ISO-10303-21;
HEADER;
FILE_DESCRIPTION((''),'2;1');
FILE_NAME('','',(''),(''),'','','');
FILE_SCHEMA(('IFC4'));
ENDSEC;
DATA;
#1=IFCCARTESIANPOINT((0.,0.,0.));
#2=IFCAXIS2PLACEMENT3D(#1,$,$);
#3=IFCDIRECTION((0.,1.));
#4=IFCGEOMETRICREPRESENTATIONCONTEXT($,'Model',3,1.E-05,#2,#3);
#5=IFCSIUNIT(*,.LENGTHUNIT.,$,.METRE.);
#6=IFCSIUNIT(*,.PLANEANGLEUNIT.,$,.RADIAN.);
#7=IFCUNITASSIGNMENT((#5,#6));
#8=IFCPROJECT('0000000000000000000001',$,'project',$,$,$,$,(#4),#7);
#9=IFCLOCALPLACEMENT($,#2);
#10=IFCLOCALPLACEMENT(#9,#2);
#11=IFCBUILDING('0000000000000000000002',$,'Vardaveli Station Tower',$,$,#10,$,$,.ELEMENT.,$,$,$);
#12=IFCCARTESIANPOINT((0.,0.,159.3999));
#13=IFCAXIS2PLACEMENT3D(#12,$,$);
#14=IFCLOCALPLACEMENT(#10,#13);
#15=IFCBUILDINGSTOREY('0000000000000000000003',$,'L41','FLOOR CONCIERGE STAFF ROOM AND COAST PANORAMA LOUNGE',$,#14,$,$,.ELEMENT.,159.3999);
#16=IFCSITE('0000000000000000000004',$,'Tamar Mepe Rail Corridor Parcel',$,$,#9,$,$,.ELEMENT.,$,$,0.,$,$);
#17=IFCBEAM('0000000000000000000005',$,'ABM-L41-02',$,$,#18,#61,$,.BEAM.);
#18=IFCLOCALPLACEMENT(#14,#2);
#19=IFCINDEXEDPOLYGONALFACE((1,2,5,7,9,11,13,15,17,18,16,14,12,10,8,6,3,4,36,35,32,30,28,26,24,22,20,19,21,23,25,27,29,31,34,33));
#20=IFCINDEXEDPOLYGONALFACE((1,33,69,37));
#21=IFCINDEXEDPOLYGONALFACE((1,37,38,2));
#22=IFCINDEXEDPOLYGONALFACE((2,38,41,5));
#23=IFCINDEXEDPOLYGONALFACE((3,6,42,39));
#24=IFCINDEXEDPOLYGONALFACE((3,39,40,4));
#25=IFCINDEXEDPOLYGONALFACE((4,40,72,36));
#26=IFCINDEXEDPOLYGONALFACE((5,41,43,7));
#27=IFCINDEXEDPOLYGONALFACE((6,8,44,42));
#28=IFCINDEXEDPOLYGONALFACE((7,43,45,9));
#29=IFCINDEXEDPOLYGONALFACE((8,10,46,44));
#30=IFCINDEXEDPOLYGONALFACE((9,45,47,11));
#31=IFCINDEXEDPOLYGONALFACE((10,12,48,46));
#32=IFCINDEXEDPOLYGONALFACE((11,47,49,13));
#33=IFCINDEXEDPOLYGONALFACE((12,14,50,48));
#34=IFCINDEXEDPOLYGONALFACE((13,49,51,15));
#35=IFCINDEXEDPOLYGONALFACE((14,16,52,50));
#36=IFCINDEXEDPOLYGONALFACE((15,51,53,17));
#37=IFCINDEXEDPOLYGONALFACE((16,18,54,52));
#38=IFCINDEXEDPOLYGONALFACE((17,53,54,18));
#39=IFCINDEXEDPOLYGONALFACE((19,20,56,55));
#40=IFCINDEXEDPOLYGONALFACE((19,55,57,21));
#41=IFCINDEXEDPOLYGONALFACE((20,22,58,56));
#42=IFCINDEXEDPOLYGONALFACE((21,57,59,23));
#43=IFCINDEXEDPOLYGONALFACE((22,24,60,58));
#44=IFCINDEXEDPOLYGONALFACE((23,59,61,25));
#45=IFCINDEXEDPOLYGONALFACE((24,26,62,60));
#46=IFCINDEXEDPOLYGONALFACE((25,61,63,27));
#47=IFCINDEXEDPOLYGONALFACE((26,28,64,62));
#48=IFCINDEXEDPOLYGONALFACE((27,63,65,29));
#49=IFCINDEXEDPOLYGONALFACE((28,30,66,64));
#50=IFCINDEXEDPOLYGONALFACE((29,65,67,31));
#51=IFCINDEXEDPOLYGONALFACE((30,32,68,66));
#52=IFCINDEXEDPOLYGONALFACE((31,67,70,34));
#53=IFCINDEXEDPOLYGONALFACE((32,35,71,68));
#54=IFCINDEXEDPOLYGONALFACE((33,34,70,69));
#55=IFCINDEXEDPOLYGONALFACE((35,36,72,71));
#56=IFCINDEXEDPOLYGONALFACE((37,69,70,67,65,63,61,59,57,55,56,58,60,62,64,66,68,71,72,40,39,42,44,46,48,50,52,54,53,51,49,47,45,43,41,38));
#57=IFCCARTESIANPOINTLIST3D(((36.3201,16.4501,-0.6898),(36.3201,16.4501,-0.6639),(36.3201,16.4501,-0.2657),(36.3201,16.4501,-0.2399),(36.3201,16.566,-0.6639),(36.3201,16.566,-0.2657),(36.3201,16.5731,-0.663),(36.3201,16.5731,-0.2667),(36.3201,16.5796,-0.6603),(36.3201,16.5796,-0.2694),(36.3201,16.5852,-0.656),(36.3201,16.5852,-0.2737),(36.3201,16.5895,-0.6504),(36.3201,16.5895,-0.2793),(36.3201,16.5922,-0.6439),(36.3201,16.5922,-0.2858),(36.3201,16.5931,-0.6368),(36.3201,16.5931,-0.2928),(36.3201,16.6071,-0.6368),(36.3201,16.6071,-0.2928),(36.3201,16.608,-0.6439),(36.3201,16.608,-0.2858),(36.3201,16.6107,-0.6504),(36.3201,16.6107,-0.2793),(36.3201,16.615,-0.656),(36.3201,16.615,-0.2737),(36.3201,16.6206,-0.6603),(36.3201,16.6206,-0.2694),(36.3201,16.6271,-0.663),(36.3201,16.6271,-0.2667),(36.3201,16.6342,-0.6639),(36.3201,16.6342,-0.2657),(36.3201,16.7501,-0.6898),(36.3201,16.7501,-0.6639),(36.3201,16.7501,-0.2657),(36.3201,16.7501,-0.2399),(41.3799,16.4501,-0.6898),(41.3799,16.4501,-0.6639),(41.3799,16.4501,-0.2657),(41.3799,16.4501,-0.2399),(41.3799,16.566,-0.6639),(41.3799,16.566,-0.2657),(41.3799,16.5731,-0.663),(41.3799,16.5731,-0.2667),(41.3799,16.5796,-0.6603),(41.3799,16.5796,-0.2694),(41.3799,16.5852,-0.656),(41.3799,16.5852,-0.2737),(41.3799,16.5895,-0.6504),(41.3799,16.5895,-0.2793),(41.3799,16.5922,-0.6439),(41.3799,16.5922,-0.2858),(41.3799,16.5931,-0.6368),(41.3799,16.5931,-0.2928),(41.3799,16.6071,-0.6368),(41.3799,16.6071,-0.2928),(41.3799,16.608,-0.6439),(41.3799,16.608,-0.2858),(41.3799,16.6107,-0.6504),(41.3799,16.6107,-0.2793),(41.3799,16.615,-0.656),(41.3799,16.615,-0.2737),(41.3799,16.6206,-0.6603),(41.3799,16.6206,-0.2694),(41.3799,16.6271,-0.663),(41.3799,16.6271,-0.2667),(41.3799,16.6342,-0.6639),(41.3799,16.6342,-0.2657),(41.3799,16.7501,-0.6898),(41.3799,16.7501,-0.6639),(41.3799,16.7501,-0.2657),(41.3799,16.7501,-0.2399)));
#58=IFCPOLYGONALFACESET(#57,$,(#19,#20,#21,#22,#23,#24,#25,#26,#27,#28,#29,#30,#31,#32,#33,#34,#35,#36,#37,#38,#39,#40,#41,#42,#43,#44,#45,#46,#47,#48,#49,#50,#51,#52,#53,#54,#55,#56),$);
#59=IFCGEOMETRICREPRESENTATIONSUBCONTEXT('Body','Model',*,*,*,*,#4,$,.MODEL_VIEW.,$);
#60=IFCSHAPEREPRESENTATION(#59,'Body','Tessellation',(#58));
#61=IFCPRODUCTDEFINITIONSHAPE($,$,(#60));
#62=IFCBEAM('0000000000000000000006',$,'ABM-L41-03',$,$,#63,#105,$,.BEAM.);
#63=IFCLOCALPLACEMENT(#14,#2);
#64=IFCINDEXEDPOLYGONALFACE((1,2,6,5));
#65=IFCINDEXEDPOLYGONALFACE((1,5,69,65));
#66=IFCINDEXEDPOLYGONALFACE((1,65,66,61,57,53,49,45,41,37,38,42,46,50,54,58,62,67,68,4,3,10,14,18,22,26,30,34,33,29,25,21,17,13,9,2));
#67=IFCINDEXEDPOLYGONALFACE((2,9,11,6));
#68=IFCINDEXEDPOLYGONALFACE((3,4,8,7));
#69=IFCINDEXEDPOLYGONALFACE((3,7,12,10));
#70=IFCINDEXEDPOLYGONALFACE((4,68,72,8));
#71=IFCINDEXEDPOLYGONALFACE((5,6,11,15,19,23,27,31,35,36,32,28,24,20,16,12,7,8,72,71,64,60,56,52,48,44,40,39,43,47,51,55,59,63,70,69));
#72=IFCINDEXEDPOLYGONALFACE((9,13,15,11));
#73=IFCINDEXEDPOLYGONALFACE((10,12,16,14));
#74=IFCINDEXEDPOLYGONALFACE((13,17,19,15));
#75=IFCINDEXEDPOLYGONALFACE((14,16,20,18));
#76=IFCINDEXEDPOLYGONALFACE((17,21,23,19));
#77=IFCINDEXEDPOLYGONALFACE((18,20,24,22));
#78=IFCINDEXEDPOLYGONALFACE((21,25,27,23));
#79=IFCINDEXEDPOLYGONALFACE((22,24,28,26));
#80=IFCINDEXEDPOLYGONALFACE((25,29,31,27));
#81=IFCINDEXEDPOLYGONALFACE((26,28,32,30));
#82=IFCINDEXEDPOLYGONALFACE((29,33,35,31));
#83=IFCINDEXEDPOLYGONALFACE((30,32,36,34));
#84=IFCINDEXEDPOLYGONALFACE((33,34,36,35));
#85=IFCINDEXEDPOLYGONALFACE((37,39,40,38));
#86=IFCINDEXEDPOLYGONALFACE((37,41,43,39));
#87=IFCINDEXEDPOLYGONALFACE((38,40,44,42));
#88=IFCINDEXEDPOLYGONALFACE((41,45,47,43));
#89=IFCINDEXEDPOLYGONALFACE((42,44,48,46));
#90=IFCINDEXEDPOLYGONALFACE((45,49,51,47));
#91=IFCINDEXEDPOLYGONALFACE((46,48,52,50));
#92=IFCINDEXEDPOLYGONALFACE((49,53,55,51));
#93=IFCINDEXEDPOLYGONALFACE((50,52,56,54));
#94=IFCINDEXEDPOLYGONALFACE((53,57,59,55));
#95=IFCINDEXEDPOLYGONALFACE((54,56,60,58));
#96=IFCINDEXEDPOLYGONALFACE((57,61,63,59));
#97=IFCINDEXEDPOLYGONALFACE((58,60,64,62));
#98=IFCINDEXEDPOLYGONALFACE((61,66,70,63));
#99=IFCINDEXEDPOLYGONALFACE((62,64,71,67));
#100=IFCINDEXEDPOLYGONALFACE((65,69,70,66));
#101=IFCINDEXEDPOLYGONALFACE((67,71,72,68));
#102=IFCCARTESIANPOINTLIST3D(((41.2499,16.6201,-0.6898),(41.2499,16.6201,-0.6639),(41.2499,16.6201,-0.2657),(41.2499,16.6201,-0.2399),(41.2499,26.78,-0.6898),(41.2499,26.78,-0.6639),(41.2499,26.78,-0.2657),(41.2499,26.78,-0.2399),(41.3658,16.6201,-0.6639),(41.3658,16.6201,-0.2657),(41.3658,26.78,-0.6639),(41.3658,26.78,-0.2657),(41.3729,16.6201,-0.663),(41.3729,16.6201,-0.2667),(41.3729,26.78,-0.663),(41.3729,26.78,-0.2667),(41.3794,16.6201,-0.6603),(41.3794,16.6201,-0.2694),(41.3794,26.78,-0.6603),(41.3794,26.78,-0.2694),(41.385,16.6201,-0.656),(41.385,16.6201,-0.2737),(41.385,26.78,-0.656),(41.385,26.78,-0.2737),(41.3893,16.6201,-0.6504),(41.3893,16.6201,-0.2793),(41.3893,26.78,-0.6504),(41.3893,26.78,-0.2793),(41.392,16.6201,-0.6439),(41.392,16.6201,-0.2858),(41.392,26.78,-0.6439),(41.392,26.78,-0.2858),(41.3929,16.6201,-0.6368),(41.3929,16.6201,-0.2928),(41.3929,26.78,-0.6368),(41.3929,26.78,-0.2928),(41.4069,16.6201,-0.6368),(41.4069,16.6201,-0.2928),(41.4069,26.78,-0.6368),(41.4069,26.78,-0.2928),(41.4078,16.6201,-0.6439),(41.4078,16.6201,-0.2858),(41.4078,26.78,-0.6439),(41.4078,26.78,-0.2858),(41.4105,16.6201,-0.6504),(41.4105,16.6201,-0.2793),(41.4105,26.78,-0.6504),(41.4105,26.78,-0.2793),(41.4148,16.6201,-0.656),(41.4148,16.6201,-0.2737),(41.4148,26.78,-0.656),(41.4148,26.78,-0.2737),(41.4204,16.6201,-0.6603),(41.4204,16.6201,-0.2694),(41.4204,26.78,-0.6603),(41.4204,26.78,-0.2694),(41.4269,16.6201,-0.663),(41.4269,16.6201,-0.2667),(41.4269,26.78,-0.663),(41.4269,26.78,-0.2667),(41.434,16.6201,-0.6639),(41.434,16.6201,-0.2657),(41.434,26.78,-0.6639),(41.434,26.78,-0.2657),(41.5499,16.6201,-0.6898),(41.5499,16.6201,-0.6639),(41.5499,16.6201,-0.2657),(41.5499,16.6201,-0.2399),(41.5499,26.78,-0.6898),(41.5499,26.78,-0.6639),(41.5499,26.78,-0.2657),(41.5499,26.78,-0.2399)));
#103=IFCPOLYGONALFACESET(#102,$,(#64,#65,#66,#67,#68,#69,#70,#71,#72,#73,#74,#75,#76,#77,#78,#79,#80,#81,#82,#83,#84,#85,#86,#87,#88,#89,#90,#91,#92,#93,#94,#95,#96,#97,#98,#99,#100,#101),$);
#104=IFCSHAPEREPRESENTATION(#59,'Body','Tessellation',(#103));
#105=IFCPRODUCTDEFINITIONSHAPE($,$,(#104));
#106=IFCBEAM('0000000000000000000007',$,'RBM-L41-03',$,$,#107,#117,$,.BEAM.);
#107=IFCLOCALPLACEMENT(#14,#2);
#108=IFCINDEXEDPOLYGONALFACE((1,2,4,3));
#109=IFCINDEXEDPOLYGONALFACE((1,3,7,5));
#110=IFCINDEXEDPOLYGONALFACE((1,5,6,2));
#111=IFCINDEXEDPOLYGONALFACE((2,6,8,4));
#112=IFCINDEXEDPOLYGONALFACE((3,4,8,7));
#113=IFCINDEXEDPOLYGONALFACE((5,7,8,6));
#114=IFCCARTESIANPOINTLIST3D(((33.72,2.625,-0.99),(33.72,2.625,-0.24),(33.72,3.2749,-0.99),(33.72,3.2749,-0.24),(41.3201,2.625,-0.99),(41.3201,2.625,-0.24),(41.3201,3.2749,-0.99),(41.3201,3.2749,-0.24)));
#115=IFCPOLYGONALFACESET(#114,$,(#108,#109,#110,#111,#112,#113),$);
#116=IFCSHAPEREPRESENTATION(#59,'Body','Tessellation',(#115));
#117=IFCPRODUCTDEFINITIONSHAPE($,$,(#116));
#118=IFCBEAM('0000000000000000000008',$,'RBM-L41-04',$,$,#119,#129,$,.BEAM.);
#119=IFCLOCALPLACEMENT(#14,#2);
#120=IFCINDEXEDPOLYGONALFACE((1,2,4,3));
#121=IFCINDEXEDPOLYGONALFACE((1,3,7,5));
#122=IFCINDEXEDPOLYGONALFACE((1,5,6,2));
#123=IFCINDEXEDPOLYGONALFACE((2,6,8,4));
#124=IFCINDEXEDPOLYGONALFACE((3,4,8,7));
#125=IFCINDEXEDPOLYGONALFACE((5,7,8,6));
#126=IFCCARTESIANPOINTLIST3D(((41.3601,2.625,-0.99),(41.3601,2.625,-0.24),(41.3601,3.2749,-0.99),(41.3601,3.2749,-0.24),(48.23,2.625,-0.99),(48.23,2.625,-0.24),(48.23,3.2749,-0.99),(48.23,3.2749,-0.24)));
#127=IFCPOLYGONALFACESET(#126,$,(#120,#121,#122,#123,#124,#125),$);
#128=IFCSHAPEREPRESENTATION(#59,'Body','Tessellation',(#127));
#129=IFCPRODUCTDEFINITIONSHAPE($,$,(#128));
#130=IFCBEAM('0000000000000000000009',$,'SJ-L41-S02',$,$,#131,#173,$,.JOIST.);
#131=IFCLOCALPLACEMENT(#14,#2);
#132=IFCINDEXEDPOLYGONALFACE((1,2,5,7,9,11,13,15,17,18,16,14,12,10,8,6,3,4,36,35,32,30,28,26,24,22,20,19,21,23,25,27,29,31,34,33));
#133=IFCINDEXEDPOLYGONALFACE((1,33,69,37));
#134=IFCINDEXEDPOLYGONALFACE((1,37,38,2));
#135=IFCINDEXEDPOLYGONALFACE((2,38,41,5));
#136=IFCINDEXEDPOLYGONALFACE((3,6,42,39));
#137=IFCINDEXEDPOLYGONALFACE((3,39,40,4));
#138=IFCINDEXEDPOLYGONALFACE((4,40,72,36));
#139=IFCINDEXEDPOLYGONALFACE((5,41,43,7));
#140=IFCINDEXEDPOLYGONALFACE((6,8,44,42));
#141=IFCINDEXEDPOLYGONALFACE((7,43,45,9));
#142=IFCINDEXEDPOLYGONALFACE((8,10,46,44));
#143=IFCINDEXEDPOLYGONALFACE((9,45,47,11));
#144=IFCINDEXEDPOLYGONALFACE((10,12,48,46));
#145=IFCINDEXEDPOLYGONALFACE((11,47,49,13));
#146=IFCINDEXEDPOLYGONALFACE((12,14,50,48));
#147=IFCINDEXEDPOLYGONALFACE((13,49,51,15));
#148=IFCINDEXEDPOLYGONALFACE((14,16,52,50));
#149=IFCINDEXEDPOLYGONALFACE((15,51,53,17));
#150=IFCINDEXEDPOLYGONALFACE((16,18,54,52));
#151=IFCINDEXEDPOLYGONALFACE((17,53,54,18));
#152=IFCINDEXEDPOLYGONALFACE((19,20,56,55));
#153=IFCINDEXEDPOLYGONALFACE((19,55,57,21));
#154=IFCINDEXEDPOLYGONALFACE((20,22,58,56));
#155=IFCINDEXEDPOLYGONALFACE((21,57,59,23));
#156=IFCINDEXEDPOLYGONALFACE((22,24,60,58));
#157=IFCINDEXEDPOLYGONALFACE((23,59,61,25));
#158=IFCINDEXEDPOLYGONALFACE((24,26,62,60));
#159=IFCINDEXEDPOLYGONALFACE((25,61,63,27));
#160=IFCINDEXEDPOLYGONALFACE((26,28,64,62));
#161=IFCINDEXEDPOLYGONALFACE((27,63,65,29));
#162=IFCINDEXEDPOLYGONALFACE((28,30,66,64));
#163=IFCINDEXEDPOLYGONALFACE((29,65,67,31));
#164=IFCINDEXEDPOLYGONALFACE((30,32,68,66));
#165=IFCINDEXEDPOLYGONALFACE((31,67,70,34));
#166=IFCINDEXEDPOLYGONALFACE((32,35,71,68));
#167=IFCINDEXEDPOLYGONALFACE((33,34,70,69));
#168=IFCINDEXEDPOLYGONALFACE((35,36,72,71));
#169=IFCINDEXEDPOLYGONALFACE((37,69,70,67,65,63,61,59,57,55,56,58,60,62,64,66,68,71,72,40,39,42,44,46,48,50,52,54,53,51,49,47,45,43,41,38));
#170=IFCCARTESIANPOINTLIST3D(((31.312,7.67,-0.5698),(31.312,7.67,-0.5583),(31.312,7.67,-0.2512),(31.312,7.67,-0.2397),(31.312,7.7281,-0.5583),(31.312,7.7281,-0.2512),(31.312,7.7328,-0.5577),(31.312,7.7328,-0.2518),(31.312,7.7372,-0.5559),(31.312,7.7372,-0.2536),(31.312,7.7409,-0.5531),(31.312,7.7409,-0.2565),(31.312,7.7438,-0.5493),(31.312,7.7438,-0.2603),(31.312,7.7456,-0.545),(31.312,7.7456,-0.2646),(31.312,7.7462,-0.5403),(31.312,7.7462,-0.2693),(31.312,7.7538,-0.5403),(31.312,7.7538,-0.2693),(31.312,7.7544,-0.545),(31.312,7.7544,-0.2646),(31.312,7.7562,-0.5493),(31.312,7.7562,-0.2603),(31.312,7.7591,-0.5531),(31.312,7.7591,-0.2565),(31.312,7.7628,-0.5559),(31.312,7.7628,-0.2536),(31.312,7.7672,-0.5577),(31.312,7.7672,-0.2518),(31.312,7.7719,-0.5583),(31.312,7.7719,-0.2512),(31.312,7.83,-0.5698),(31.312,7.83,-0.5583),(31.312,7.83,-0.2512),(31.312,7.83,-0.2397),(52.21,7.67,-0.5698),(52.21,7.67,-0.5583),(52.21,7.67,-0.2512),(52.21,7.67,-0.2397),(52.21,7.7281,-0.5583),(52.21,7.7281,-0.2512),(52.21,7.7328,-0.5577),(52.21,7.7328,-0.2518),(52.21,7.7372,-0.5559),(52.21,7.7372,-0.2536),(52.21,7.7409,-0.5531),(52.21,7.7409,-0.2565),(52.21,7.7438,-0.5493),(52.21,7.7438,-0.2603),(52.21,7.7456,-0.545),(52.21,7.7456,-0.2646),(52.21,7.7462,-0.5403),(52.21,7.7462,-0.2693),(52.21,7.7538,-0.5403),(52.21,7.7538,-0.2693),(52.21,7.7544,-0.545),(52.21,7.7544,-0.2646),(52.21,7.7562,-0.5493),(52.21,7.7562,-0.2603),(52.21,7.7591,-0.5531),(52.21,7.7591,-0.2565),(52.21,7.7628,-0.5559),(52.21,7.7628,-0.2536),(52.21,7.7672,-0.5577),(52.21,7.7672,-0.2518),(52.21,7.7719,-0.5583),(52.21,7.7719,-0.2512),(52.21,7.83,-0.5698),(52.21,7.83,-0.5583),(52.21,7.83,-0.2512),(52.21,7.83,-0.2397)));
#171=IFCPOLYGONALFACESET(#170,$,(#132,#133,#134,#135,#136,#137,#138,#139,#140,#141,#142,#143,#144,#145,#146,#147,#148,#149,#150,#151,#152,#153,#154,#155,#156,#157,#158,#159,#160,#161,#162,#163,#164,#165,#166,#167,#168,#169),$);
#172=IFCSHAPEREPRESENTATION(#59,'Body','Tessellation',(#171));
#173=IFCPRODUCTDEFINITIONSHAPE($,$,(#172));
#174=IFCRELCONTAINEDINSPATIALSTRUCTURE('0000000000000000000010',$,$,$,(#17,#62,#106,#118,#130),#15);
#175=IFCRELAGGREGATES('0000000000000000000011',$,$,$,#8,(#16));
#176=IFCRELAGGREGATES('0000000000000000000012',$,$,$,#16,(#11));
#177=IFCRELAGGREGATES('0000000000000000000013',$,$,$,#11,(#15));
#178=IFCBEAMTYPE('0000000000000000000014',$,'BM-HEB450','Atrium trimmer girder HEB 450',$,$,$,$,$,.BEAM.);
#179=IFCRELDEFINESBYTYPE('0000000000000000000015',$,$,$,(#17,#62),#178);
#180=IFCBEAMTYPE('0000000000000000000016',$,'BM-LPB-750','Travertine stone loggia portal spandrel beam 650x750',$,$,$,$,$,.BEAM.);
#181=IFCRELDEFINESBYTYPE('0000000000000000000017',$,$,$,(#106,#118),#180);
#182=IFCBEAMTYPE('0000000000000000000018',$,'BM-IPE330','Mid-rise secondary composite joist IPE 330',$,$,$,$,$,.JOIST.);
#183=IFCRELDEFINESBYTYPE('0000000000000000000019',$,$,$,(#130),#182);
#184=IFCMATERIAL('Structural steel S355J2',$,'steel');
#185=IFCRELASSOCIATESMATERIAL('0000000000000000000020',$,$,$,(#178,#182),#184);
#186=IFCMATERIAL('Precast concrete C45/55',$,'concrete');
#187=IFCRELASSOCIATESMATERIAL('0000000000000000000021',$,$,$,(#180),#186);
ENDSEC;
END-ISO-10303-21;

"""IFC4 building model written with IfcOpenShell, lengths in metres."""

from ifc_helpers import new_model, si_unit, direction, frame, origin, origin_2d, place, context, subcontext, project, spatial, rectangle, i_section, extrude, source, transform, mapped, material, material_profile, profile_set, type_object, element, save


model = new_model("IFC4")

# Units and contexts
model_context = context("Model", 3, precision=1e-05, world=origin(), true_north=direction((0.0, 1.0)))
body_context = subcontext(model_context, "Body", "Model", "MODEL_VIEW")
ifc_project = project(units=[si_unit("LENGTHUNIT", "METRE"), si_unit("PLANEANGLEUNIT", "RADIAN")], contexts=[model_context])

# Site, building, storey
site_placement = place(None, origin())
site = spatial("IfcSite", under=ifc_project, at=site_placement, Name="Tamar Mepe Rail Corridor Parcel", CompositionType="ELEMENT", RefElevation=0.0)
building_placement = place(site_placement, origin())
building = spatial("IfcBuilding", under=site, at=building_placement, Name="Vardaveli Station Tower", CompositionType="ELEMENT")
storey_placement = place(building_placement, frame((0.0, 0.0, 159.3999)))
storey = spatial("IfcBuildingStorey", under=building, at=storey_placement, Name="L41", Description="FLOOR CONCIERGE STAFF ROOM AND COAST PANORAMA LOUNGE", CompositionType="ELEMENT", Elevation=159.3999)

# Beams
ifc_material_1 = material(Name="Structural steel S355J2", Category="steel")
ifc_material_profile_1 = material_profile(ifc_material_1, i_section(OverallWidth=0.3, OverallDepth=0.45, WebThickness=0.0139, FlangeThickness=0.0259, FilletRadius=0.0271, at=origin_2d()), Name="HEB 450")
ifc_profile_set_1 = profile_set([ifc_material_profile_1], Name="Structural steel S355J2")
beam_type_1 = type_object("IfcBeamType", Name="BM-HEB450", Description="Atrium trimmer girder HEB 450", PredefinedType="BEAM", material=ifc_profile_set_1)
shared_shape_1 = source(origin(), body_context, "Body", "SweptSolid", [
    extrude(i_section(OverallWidth=0.3, OverallDepth=0.45, WebThickness=0.0139, FlangeThickness=0.0259, FilletRadius=0.0271, at=origin_2d()), origin(), (0.0, 0.0, 1.0), 5.0598),
])
beam_1_placement = place(storey_placement, frame((36.3201, 16.6001, -0.4648), z_axis=(1.0, 0.0, 0.0), x_axis=(0.0, 1.0, 0.0)))
element("IfcBeam", 1, at=beam_1_placement, inside=storey, type_object=beam_type_1, Name="ABM-L41-02", PredefinedType="BEAM", context=body_context, shape_type="MappedRepresentation", body=[
    mapped(shared_shape_1, transform((0.0, 0.0, 0.0), scale=1.0)),
])
shared_shape_2 = source(origin(), body_context, "Body", "SweptSolid", [
    extrude(i_section(OverallWidth=0.3, OverallDepth=0.45, WebThickness=0.0139, FlangeThickness=0.0259, FilletRadius=0.0271, at=origin_2d()), origin(), (0.0, 0.0, 1.0), 10.1599),
])
beam_2_placement = place(storey_placement, frame((41.3999, 16.6201, -0.4648), z_axis=(0.0, 1.0, 0.0), x_axis=(-1.0, 0.0, 0.0)))
element("IfcBeam", 2, at=beam_2_placement, inside=storey, type_object=beam_type_1, Name="ABM-L41-03", PredefinedType="BEAM", context=body_context, shape_type="MappedRepresentation", body=[
    mapped(shared_shape_2, transform((0.0, 0.0, 0.0), scale=1.0)),
])
ifc_material_2 = material(Name="Precast concrete C45/55", Category="concrete")
ifc_material_profile_2 = material_profile(ifc_material_2, rectangle(XDim=0.6499, YDim=0.75, at=origin_2d()), Name="LPB 650x750")
ifc_profile_set_2 = profile_set([ifc_material_profile_2], Name="Precast concrete C45/55")
beam_type_2 = type_object("IfcBeamType", Name="BM-LPB-750", Description="Travertine stone loggia portal spandrel beam 650x750", PredefinedType="BEAM", material=ifc_profile_set_2)
shared_shape_3 = source(origin(), body_context, "Body", "SweptSolid", [
    extrude(rectangle(XDim=0.6499, YDim=0.75, at=origin_2d()), origin(), (0.0, 0.0, 1.0), 7.6001),
])
beam_3_placement = place(storey_placement, frame((33.72, 2.95, -0.615), z_axis=(1.0, 0.0, 0.0), x_axis=(0.0, 1.0, 0.0)))
element("IfcBeam", 3, at=beam_3_placement, inside=storey, type_object=beam_type_2, Name="RBM-L41-03", PredefinedType="BEAM", context=body_context, shape_type="MappedRepresentation", body=[
    mapped(shared_shape_3, transform((0.0, 0.0, 0.0), scale=1.0)),
])
shared_shape_4 = source(origin(), body_context, "Body", "SweptSolid", [
    extrude(rectangle(XDim=0.6499, YDim=0.75, at=origin_2d()), origin(), (0.0, 0.0, 1.0), 6.8699),
])
beam_4_placement = place(storey_placement, frame((41.3601, 2.95, -0.615), z_axis=(1.0, 0.0, 0.0), x_axis=(0.0, 1.0, 0.0)))
element("IfcBeam", 4, at=beam_4_placement, inside=storey, type_object=beam_type_2, Name="RBM-L41-04", PredefinedType="BEAM", context=body_context, shape_type="MappedRepresentation", body=[
    mapped(shared_shape_4, transform((0.0, 0.0, 0.0), scale=1.0)),
])
ifc_material_profile_3 = material_profile(ifc_material_1, i_section(OverallWidth=0.1599, OverallDepth=0.3301, WebThickness=0.0076, FlangeThickness=0.0115, FilletRadius=0.0181, at=origin_2d()), Name="IPE 330")
ifc_profile_set_3 = profile_set([ifc_material_profile_3], Name="Structural steel S355J2")
beam_type_3 = type_object("IfcBeamType", Name="BM-IPE330", Description="Mid-rise secondary composite joist IPE 330", PredefinedType="JOIST", material=ifc_profile_set_3)
shared_shape_5 = source(origin(), body_context, "Body", "SweptSolid", [
    extrude(i_section(OverallWidth=0.1599, OverallDepth=0.3301, WebThickness=0.0076, FlangeThickness=0.0115, FilletRadius=0.0181, at=origin_2d()), origin(), (0.0, 0.0, 1.0), 20.8979),
])
for number, where, z_axis, x_axis, name in (
    (5, (31.312, 7.75, -0.4048), (1.0, 0.0, 0.0), (0.0, 1.0, 0.0), "SJ-L41-S02"),
):
    element("IfcBeam", number, at=place(storey_placement, frame(where, z_axis=z_axis, x_axis=x_axis)), inside=storey, type_object=beam_type_3, Name=name, PredefinedType="JOIST", context=body_context, shape_type="MappedRepresentation", body=[
        mapped(shared_shape_5, transform((0.0, 0.0, 0.0), scale=1.0)),
    ])

save(model, "model.ifc")
